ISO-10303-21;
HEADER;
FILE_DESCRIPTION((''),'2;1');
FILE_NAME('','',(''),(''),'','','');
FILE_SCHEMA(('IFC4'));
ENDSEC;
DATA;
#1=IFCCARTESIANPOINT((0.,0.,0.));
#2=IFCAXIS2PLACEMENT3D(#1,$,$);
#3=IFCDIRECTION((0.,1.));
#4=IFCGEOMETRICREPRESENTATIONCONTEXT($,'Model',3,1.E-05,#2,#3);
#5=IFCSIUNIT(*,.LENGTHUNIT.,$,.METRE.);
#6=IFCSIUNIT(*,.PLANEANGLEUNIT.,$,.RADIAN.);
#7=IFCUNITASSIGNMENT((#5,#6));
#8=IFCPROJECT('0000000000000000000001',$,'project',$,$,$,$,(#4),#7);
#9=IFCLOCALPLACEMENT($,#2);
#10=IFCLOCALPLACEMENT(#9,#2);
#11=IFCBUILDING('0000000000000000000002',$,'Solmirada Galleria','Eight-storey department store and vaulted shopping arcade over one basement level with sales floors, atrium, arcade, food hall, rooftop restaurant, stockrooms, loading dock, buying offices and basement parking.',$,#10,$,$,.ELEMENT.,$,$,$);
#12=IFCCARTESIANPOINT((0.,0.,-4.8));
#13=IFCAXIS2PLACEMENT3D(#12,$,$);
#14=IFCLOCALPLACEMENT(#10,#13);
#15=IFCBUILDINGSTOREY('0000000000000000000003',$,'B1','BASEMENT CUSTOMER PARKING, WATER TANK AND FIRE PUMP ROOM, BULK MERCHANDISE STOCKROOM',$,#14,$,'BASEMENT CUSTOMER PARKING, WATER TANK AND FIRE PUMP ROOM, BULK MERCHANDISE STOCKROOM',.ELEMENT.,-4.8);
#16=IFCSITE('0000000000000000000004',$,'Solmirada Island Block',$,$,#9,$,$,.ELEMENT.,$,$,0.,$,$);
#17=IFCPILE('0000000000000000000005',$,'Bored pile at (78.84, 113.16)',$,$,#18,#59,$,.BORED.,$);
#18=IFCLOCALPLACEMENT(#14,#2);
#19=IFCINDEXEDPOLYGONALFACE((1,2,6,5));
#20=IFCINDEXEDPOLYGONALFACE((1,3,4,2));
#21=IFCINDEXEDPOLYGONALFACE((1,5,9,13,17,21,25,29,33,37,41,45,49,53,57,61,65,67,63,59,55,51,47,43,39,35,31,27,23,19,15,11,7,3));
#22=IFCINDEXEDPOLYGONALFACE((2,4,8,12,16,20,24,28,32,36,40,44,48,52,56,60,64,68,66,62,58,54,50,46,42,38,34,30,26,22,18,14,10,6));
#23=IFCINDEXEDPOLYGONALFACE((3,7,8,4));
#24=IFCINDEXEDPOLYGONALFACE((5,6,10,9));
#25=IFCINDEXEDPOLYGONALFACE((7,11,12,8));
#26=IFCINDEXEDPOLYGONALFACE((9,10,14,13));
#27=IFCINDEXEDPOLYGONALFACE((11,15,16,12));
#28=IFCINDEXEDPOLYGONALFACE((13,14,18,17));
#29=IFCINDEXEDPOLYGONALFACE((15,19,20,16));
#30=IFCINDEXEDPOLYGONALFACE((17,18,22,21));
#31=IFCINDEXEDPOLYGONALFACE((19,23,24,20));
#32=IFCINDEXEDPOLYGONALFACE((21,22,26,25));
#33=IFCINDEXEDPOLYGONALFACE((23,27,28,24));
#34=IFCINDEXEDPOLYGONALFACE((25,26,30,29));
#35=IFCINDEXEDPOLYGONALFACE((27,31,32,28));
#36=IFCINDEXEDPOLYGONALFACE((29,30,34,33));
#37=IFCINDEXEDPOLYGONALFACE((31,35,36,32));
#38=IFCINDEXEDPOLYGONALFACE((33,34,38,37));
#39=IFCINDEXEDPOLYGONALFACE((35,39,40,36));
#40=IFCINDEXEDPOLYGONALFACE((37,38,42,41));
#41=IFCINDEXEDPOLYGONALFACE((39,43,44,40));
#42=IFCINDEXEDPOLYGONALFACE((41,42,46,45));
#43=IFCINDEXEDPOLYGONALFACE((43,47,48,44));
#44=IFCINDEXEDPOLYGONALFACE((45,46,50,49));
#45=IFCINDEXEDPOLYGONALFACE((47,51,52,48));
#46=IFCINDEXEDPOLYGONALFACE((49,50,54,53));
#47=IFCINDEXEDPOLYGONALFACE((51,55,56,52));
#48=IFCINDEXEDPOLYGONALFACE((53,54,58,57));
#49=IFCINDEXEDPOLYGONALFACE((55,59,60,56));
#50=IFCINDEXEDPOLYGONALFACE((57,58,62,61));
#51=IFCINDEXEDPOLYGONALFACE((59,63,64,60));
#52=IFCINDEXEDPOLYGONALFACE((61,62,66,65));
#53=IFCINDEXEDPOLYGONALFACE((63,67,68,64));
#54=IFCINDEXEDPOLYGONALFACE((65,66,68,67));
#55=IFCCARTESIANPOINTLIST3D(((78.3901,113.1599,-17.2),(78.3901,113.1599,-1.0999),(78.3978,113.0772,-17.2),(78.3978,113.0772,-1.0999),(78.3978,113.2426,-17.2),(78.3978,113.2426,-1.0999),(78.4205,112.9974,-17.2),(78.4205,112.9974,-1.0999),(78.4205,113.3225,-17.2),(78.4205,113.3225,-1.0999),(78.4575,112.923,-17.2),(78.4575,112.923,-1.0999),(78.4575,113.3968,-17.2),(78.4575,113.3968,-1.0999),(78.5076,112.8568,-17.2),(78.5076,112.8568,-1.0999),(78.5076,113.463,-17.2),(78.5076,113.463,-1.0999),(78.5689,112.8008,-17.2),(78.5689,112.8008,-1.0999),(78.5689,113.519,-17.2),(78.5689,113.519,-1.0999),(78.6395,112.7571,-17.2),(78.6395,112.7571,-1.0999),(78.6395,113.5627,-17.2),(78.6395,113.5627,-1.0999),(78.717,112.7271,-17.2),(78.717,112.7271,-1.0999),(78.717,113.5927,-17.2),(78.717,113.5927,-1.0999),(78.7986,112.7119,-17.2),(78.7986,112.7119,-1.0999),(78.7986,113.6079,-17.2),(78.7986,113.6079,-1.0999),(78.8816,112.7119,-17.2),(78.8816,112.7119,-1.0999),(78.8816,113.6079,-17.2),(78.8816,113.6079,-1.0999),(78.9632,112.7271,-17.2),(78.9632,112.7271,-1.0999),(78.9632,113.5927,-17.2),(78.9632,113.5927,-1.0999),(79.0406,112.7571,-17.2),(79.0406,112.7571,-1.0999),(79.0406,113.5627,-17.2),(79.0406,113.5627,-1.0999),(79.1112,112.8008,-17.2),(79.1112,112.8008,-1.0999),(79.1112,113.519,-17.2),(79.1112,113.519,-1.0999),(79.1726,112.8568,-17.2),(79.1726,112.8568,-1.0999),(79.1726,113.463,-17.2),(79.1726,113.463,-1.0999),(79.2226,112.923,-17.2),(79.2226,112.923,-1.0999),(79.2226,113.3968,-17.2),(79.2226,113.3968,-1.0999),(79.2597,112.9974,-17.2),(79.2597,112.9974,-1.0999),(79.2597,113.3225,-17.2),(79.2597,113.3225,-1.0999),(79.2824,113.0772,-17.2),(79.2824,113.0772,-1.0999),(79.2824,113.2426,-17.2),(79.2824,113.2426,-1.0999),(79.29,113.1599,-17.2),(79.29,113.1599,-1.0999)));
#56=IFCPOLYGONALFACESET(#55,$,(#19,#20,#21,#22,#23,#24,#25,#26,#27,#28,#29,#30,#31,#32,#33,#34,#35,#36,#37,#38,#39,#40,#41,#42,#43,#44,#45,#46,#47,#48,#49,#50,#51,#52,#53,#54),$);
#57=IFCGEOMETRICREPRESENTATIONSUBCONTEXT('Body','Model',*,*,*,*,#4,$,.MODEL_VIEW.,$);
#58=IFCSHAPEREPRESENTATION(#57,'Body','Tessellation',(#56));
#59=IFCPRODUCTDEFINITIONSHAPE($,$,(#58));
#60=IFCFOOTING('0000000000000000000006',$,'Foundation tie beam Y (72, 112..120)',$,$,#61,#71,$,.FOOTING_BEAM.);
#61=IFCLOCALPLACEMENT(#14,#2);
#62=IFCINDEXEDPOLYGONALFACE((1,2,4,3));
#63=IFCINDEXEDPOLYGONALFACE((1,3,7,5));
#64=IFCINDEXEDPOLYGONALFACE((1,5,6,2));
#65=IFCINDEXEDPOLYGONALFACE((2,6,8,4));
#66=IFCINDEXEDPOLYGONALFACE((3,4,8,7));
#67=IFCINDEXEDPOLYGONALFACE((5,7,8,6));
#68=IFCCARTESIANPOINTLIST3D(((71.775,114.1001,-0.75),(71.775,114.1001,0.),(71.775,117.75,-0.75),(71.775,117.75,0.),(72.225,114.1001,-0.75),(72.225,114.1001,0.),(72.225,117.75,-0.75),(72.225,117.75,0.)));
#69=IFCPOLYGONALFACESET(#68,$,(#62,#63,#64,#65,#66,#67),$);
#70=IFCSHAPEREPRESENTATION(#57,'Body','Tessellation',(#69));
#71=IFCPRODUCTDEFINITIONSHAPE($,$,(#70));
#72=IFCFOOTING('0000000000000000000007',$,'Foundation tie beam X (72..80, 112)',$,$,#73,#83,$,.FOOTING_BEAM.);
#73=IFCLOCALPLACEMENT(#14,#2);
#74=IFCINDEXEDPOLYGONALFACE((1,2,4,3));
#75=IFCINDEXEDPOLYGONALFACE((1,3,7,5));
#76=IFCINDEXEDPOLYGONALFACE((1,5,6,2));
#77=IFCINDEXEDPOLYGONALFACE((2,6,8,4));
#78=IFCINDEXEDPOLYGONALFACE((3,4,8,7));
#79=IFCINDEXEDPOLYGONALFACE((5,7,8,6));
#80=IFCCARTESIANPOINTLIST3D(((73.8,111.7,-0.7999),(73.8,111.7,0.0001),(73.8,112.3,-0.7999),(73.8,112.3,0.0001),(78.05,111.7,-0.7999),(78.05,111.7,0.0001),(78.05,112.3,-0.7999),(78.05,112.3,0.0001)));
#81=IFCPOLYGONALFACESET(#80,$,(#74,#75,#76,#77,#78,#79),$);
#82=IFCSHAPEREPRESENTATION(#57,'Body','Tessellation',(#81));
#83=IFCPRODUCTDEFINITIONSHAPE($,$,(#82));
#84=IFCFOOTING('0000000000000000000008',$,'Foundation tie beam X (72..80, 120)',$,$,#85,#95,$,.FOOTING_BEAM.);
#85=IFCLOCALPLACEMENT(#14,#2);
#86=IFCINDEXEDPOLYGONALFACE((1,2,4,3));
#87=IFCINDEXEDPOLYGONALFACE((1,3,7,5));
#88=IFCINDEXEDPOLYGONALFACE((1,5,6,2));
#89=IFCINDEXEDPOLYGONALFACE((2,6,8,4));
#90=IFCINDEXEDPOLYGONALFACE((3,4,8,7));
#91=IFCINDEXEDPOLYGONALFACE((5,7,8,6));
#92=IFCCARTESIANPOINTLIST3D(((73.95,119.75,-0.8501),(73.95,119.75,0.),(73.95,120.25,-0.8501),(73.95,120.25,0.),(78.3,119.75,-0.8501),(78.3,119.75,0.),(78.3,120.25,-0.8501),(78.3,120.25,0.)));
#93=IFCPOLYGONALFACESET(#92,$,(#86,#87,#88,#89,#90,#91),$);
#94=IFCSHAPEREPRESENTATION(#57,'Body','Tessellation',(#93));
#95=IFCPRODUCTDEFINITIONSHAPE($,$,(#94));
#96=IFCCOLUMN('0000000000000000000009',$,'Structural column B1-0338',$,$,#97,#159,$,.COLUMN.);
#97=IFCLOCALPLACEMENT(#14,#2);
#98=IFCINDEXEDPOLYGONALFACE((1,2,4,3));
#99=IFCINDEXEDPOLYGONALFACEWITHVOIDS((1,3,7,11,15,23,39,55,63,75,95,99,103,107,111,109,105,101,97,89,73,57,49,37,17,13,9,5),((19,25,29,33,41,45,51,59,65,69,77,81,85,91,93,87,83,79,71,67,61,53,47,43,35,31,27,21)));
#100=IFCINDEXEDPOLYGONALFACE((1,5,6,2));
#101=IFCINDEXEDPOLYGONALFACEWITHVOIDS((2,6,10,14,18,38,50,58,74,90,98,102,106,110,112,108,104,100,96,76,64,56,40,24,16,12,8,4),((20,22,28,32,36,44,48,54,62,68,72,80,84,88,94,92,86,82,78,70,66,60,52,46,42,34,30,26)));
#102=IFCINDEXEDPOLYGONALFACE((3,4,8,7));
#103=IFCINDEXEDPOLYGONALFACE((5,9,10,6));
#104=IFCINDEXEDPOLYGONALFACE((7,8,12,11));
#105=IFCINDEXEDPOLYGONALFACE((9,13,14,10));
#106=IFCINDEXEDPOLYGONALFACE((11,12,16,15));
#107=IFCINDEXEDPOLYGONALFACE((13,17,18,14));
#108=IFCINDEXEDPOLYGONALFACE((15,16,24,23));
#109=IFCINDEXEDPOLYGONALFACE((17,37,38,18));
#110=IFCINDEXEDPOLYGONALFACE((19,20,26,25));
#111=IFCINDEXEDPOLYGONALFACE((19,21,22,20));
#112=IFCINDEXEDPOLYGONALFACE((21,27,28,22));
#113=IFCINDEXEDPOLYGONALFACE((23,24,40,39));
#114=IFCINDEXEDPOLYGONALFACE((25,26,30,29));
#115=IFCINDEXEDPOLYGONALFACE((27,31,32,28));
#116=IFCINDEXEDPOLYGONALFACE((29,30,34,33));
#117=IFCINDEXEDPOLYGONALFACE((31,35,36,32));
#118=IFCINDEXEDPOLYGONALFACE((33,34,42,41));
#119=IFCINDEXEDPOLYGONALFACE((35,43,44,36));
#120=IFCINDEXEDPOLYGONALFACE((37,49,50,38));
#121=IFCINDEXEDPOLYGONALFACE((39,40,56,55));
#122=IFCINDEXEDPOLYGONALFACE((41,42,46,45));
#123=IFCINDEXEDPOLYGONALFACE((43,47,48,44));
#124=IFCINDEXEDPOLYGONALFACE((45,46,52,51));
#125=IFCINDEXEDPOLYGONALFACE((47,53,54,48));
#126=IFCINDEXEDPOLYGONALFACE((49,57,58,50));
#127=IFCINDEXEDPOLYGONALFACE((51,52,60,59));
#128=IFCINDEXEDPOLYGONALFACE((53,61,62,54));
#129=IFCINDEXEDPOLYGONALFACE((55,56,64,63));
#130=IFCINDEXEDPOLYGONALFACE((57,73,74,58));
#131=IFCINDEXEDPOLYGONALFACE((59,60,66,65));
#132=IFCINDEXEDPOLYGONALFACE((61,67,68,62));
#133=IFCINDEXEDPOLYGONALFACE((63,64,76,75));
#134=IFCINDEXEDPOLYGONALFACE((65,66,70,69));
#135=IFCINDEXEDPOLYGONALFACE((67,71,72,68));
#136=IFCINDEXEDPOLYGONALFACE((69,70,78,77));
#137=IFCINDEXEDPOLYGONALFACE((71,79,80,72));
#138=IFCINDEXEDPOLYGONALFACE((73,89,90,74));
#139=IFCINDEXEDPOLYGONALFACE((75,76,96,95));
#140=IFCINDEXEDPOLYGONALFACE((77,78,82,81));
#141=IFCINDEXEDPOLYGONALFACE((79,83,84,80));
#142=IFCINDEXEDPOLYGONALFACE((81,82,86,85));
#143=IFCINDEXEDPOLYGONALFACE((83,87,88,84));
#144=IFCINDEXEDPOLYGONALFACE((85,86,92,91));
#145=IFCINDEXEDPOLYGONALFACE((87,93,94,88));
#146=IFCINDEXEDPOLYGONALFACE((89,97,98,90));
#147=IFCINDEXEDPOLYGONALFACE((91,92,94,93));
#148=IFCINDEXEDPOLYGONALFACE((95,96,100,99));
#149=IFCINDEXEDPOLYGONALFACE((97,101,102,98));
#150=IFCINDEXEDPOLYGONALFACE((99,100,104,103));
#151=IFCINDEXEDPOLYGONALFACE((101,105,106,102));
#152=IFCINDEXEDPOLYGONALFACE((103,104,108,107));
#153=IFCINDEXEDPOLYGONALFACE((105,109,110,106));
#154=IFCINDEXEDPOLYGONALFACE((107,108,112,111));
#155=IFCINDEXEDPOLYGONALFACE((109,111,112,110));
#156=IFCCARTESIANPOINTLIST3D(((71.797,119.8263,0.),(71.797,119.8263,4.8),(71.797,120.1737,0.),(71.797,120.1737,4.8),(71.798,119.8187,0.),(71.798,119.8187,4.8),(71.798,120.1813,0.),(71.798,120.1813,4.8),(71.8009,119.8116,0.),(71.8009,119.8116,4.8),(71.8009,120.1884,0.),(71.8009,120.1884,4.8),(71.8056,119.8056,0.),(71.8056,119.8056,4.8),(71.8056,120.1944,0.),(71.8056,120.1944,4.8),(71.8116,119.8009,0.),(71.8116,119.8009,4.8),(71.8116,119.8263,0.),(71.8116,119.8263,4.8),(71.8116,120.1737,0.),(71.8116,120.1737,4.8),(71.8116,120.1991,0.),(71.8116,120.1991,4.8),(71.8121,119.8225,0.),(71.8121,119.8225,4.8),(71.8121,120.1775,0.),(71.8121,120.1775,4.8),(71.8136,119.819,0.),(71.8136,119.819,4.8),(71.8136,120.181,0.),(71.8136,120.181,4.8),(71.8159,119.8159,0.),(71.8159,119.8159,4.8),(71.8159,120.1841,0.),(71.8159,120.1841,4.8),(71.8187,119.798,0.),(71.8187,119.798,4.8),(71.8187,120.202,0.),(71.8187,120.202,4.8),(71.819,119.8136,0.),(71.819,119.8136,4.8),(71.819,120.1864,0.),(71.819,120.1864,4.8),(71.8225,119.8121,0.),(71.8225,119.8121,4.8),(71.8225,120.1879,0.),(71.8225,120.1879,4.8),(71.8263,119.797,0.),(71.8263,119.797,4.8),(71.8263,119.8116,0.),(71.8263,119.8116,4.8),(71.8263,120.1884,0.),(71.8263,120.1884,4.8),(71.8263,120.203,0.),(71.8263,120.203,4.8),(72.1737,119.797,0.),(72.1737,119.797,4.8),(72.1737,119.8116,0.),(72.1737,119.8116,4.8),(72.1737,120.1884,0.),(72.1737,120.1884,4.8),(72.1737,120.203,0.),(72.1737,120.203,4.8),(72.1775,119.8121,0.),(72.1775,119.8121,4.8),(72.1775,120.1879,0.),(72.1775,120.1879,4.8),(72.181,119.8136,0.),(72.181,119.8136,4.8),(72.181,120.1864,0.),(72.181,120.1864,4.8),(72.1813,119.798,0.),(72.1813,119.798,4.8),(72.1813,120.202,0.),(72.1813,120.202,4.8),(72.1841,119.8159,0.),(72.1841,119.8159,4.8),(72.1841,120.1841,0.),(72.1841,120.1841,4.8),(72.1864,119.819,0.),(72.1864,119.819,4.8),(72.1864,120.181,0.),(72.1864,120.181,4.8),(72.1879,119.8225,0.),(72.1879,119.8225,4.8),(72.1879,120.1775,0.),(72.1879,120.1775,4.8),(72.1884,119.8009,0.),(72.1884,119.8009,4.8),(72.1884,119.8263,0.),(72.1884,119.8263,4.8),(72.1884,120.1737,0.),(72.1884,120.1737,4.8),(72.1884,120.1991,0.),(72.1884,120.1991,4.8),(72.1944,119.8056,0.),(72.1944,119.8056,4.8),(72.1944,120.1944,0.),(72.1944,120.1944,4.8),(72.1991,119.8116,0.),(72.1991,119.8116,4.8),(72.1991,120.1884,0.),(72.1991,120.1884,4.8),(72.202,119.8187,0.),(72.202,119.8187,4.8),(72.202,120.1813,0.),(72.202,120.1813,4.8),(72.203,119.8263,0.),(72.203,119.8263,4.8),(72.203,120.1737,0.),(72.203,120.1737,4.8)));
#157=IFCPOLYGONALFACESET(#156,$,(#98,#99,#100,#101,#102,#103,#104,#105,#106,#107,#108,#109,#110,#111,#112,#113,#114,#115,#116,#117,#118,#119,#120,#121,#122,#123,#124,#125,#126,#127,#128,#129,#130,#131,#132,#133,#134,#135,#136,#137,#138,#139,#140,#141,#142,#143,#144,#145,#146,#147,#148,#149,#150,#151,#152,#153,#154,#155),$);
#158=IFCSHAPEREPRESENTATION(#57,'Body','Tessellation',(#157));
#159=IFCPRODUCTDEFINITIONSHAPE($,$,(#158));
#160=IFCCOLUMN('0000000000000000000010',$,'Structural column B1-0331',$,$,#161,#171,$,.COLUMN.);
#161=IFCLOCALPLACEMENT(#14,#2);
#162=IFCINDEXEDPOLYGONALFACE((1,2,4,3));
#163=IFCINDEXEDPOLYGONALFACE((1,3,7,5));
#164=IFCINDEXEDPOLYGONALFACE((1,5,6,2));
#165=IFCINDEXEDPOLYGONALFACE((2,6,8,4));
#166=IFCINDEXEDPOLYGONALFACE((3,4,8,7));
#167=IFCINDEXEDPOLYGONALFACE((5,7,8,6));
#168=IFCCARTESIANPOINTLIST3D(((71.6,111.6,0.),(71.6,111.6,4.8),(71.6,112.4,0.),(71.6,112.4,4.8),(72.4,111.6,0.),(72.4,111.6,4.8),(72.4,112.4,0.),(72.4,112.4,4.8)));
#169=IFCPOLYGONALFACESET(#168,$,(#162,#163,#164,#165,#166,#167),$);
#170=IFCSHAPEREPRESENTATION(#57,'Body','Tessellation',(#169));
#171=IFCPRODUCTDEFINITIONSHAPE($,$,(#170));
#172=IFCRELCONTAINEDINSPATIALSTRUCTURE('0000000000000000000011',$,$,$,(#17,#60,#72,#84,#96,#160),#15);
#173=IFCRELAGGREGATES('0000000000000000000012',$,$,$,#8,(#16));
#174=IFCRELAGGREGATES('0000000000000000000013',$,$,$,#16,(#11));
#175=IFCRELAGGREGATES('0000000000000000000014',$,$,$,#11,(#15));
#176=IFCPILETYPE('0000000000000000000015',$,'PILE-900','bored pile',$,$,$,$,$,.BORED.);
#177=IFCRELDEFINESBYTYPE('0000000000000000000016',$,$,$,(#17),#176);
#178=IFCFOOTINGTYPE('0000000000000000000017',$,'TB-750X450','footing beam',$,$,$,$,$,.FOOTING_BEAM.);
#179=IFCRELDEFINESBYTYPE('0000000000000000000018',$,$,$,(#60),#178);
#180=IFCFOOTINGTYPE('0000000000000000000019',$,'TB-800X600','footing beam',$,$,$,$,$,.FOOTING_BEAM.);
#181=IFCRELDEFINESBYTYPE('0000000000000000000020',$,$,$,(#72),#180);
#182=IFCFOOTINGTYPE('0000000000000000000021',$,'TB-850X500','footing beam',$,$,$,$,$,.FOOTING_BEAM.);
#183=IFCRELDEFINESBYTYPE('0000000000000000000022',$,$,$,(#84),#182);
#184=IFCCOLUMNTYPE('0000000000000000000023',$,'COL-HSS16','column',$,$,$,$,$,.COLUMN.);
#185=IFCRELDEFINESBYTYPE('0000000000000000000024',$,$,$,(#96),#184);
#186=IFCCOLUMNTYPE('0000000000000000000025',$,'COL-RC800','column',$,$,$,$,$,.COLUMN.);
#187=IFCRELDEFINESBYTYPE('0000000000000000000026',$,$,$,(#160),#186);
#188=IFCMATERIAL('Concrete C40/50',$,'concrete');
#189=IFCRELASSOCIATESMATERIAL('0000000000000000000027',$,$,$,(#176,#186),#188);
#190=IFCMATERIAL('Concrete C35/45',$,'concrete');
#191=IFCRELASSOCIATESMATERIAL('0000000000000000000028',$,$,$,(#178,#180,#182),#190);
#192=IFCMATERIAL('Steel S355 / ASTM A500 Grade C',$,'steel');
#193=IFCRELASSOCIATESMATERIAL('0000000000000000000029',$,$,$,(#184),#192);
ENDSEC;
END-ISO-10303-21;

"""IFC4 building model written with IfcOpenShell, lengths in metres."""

from ifc_helpers import new_model, si_unit, direction, frame, origin, origin_2d, place, context, subcontext, project, spatial, rectangle, hollow_rectangle, circle, extrude, material, material_profile, profile_set, type_object, element, save


model = new_model("IFC4")

# Units and contexts
model_context = context("Model", 3, precision=1e-05, world=origin(), true_north=direction((0.0, 1.0)))
body_context = subcontext(model_context, "Body", "Model", "MODEL_VIEW")
ifc_project = project(units=[si_unit("LENGTHUNIT", "METRE"), si_unit("PLANEANGLEUNIT", "RADIAN")], contexts=[model_context])

# Site, building, storey
site_placement = place(None, origin())
site = spatial("IfcSite", under=ifc_project, at=site_placement, Name="Solmirada Island Block", CompositionType="ELEMENT", RefElevation=0.0)
building_placement = place(site_placement, origin())
building = spatial("IfcBuilding", under=site, at=building_placement, Name="Solmirada Galleria", Description="Eight-storey department store and vaulted shopping arcade over one basement level with sales floors, atrium, arcade, food hall, rooftop restaurant, stockrooms, loading dock, buying offices and basement parking.", CompositionType="ELEMENT")
storey_placement = place(building_placement, frame((0.0, 0.0, -4.8)))
storey = spatial("IfcBuildingStorey", under=building, at=storey_placement, Name="B1", Description="BASEMENT CUSTOMER PARKING, WATER TANK AND FIRE PUMP ROOM, BULK MERCHANDISE STOCKROOM", LongName="BASEMENT CUSTOMER PARKING, WATER TANK AND FIRE PUMP ROOM, BULK MERCHANDISE STOCKROOM", CompositionType="ELEMENT", Elevation=-4.8)

# Shared definitions
ifc_material_1 = material(Name="Concrete C35/45", Category="concrete")

# Pile
ifc_material_2 = material(Name="Concrete C40/50", Category="concrete")
ifc_material_profile_1 = material_profile(ifc_material_2, circle(Radius=0.45, at=origin_2d()), Name="PILE900")
ifc_profile_set_1 = profile_set([ifc_material_profile_1], Name="Concrete C40/50")
pile_type = type_object("IfcPileType", Name="PILE-900", Description="bored pile", PredefinedType="BORED", material=ifc_profile_set_1)
for number, where, z_axis, x_axis, name in (
    (1, (78.8401, 113.1599, -1.0999), (0.0, 0.0, -1.0), (1.0, 0.0, 0.0), "Bored pile at (78.84, 113.16)"),
):
    element("IfcPile", number, at=place(storey_placement, frame(where, z_axis=z_axis, x_axis=x_axis)), inside=storey, type_object=pile_type, Name=name, PredefinedType="BORED", context=body_context, shape_type="SweptSolid", body=[
        extrude(circle(Radius=0.45, at=origin_2d()), origin(), (0.0, 0.0, 1.0), 16.1001),
    ])

# Footings
ifc_material_profile_2 = material_profile(ifc_material_1, rectangle(XDim=0.45, YDim=0.75, at=origin_2d()), Name="RC750X450")
ifc_profile_set_2 = profile_set([ifc_material_profile_2], Name="Concrete C35/45")
footing_type_1 = type_object("IfcFootingType", Name="TB-750X450", Description="footing beam", PredefinedType="FOOTING_BEAM", material=ifc_profile_set_2)
footing_1_placement = place(storey_placement, frame((72.0, 114.1001, -0.375), z_axis=(0.0, 1.0, 0.0), x_axis=(-1.0, 0.0, 0.0)))
element("IfcFooting", 2, at=footing_1_placement, inside=storey, type_object=footing_type_1, Name="Foundation tie beam Y (72, 112..120)", PredefinedType="FOOTING_BEAM", context=body_context, shape_type="SweptSolid", body=[
    extrude(rectangle(XDim=0.45, YDim=0.75, at=origin_2d()), origin(), (0.0, 0.0, 1.0), 3.6499),
])
ifc_material_profile_3 = material_profile(ifc_material_1, rectangle(XDim=0.6001, YDim=0.8, at=origin_2d()), Name="RC800X600")
ifc_profile_set_3 = profile_set([ifc_material_profile_3], Name="Concrete C35/45")
footing_type_2 = type_object("IfcFootingType", Name="TB-800X600", Description="footing beam", PredefinedType="FOOTING_BEAM", material=ifc_profile_set_3)
footing_2_placement = place(storey_placement, frame((73.8, 112.0, -0.3999), z_axis=(1.0, 0.0, 0.0), x_axis=(0.0, 1.0, 0.0)))
element("IfcFooting", 3, at=footing_2_placement, inside=storey, type_object=footing_type_2, Name="Foundation tie beam X (72..80, 112)", PredefinedType="FOOTING_BEAM", context=body_context, shape_type="SweptSolid", body=[
    extrude(rectangle(XDim=0.6001, YDim=0.8, at=origin_2d()), origin(), (0.0, 0.0, 1.0), 4.25),
])
ifc_material_profile_4 = material_profile(ifc_material_1, rectangle(XDim=0.5, YDim=0.8501, at=origin_2d()), Name="RC850X500")
ifc_profile_set_4 = profile_set([ifc_material_profile_4], Name="Concrete C35/45")
footing_type_3 = type_object("IfcFootingType", Name="TB-850X500", Description="footing beam", PredefinedType="FOOTING_BEAM", material=ifc_profile_set_4)
footing_3_placement = place(storey_placement, frame((73.95, 120.0, -0.425), z_axis=(1.0, 0.0, 0.0), x_axis=(0.0, 1.0, 0.0)))
element("IfcFooting", 4, at=footing_3_placement, inside=storey, type_object=footing_type_3, Name="Foundation tie beam X (72..80, 120)", PredefinedType="FOOTING_BEAM", context=body_context, shape_type="SweptSolid", body=[
    extrude(rectangle(XDim=0.5, YDim=0.8501, at=origin_2d()), origin(), (0.0, 0.0, 1.0), 4.3501),
])

# Columns
ifc_material_3 = material(Name="Steel S355 / ASTM A500 Grade C", Category="steel")
ifc_material_profile_5 = material_profile(ifc_material_3, hollow_rectangle(XDim=0.406, YDim=0.406, WallThickness=0.0146, InnerFilletRadius=0.0146, OuterFilletRadius=0.0293, at=origin_2d()), Name="HSS16X16X5/8")
ifc_profile_set_5 = profile_set([ifc_material_profile_5], Name="Steel S355 / ASTM A500 Grade C")
column_type_1 = type_object("IfcColumnType", Name="COL-HSS16", Description="column", PredefinedType="COLUMN", material=ifc_profile_set_5)
column_1_placement = place(storey_placement, frame((72.0, 120.0, 0.0), z_axis=(0.0, 0.0, 1.0), x_axis=(1.0, 0.0, 0.0)))
element("IfcColumn", 5, at=column_1_placement, inside=storey, type_object=column_type_1, Name="Structural column B1-0338", PredefinedType="COLUMN", context=body_context, shape_type="SweptSolid", body=[
    extrude(hollow_rectangle(XDim=0.406, YDim=0.406, WallThickness=0.0146, InnerFilletRadius=0.0146, OuterFilletRadius=0.0293, at=origin_2d()), origin(), (0.0, 0.0, 1.0), 4.8),
])
ifc_material_profile_6 = material_profile(ifc_material_2, rectangle(XDim=0.8, YDim=0.8, at=origin_2d()), Name="RC800X800")
ifc_profile_set_6 = profile_set([ifc_material_profile_6], Name="Concrete C40/50")
column_type_2 = type_object("IfcColumnType", Name="COL-RC800", Description="column", PredefinedType="COLUMN", material=ifc_profile_set_6)
column_2_placement = place(storey_placement, frame((72.0, 112.0, 0.0), z_axis=(0.0, 0.0, 1.0), x_axis=(1.0, 0.0, 0.0)))
element("IfcColumn", 6, at=column_2_placement, inside=storey, type_object=column_type_2, Name="Structural column B1-0331", PredefinedType="COLUMN", context=body_context, shape_type="SweptSolid", body=[
    extrude(rectangle(XDim=0.8, YDim=0.8, at=origin_2d()), origin(), (0.0, 0.0, 1.0), 4.8),
])

save(model, "model.ifc")
